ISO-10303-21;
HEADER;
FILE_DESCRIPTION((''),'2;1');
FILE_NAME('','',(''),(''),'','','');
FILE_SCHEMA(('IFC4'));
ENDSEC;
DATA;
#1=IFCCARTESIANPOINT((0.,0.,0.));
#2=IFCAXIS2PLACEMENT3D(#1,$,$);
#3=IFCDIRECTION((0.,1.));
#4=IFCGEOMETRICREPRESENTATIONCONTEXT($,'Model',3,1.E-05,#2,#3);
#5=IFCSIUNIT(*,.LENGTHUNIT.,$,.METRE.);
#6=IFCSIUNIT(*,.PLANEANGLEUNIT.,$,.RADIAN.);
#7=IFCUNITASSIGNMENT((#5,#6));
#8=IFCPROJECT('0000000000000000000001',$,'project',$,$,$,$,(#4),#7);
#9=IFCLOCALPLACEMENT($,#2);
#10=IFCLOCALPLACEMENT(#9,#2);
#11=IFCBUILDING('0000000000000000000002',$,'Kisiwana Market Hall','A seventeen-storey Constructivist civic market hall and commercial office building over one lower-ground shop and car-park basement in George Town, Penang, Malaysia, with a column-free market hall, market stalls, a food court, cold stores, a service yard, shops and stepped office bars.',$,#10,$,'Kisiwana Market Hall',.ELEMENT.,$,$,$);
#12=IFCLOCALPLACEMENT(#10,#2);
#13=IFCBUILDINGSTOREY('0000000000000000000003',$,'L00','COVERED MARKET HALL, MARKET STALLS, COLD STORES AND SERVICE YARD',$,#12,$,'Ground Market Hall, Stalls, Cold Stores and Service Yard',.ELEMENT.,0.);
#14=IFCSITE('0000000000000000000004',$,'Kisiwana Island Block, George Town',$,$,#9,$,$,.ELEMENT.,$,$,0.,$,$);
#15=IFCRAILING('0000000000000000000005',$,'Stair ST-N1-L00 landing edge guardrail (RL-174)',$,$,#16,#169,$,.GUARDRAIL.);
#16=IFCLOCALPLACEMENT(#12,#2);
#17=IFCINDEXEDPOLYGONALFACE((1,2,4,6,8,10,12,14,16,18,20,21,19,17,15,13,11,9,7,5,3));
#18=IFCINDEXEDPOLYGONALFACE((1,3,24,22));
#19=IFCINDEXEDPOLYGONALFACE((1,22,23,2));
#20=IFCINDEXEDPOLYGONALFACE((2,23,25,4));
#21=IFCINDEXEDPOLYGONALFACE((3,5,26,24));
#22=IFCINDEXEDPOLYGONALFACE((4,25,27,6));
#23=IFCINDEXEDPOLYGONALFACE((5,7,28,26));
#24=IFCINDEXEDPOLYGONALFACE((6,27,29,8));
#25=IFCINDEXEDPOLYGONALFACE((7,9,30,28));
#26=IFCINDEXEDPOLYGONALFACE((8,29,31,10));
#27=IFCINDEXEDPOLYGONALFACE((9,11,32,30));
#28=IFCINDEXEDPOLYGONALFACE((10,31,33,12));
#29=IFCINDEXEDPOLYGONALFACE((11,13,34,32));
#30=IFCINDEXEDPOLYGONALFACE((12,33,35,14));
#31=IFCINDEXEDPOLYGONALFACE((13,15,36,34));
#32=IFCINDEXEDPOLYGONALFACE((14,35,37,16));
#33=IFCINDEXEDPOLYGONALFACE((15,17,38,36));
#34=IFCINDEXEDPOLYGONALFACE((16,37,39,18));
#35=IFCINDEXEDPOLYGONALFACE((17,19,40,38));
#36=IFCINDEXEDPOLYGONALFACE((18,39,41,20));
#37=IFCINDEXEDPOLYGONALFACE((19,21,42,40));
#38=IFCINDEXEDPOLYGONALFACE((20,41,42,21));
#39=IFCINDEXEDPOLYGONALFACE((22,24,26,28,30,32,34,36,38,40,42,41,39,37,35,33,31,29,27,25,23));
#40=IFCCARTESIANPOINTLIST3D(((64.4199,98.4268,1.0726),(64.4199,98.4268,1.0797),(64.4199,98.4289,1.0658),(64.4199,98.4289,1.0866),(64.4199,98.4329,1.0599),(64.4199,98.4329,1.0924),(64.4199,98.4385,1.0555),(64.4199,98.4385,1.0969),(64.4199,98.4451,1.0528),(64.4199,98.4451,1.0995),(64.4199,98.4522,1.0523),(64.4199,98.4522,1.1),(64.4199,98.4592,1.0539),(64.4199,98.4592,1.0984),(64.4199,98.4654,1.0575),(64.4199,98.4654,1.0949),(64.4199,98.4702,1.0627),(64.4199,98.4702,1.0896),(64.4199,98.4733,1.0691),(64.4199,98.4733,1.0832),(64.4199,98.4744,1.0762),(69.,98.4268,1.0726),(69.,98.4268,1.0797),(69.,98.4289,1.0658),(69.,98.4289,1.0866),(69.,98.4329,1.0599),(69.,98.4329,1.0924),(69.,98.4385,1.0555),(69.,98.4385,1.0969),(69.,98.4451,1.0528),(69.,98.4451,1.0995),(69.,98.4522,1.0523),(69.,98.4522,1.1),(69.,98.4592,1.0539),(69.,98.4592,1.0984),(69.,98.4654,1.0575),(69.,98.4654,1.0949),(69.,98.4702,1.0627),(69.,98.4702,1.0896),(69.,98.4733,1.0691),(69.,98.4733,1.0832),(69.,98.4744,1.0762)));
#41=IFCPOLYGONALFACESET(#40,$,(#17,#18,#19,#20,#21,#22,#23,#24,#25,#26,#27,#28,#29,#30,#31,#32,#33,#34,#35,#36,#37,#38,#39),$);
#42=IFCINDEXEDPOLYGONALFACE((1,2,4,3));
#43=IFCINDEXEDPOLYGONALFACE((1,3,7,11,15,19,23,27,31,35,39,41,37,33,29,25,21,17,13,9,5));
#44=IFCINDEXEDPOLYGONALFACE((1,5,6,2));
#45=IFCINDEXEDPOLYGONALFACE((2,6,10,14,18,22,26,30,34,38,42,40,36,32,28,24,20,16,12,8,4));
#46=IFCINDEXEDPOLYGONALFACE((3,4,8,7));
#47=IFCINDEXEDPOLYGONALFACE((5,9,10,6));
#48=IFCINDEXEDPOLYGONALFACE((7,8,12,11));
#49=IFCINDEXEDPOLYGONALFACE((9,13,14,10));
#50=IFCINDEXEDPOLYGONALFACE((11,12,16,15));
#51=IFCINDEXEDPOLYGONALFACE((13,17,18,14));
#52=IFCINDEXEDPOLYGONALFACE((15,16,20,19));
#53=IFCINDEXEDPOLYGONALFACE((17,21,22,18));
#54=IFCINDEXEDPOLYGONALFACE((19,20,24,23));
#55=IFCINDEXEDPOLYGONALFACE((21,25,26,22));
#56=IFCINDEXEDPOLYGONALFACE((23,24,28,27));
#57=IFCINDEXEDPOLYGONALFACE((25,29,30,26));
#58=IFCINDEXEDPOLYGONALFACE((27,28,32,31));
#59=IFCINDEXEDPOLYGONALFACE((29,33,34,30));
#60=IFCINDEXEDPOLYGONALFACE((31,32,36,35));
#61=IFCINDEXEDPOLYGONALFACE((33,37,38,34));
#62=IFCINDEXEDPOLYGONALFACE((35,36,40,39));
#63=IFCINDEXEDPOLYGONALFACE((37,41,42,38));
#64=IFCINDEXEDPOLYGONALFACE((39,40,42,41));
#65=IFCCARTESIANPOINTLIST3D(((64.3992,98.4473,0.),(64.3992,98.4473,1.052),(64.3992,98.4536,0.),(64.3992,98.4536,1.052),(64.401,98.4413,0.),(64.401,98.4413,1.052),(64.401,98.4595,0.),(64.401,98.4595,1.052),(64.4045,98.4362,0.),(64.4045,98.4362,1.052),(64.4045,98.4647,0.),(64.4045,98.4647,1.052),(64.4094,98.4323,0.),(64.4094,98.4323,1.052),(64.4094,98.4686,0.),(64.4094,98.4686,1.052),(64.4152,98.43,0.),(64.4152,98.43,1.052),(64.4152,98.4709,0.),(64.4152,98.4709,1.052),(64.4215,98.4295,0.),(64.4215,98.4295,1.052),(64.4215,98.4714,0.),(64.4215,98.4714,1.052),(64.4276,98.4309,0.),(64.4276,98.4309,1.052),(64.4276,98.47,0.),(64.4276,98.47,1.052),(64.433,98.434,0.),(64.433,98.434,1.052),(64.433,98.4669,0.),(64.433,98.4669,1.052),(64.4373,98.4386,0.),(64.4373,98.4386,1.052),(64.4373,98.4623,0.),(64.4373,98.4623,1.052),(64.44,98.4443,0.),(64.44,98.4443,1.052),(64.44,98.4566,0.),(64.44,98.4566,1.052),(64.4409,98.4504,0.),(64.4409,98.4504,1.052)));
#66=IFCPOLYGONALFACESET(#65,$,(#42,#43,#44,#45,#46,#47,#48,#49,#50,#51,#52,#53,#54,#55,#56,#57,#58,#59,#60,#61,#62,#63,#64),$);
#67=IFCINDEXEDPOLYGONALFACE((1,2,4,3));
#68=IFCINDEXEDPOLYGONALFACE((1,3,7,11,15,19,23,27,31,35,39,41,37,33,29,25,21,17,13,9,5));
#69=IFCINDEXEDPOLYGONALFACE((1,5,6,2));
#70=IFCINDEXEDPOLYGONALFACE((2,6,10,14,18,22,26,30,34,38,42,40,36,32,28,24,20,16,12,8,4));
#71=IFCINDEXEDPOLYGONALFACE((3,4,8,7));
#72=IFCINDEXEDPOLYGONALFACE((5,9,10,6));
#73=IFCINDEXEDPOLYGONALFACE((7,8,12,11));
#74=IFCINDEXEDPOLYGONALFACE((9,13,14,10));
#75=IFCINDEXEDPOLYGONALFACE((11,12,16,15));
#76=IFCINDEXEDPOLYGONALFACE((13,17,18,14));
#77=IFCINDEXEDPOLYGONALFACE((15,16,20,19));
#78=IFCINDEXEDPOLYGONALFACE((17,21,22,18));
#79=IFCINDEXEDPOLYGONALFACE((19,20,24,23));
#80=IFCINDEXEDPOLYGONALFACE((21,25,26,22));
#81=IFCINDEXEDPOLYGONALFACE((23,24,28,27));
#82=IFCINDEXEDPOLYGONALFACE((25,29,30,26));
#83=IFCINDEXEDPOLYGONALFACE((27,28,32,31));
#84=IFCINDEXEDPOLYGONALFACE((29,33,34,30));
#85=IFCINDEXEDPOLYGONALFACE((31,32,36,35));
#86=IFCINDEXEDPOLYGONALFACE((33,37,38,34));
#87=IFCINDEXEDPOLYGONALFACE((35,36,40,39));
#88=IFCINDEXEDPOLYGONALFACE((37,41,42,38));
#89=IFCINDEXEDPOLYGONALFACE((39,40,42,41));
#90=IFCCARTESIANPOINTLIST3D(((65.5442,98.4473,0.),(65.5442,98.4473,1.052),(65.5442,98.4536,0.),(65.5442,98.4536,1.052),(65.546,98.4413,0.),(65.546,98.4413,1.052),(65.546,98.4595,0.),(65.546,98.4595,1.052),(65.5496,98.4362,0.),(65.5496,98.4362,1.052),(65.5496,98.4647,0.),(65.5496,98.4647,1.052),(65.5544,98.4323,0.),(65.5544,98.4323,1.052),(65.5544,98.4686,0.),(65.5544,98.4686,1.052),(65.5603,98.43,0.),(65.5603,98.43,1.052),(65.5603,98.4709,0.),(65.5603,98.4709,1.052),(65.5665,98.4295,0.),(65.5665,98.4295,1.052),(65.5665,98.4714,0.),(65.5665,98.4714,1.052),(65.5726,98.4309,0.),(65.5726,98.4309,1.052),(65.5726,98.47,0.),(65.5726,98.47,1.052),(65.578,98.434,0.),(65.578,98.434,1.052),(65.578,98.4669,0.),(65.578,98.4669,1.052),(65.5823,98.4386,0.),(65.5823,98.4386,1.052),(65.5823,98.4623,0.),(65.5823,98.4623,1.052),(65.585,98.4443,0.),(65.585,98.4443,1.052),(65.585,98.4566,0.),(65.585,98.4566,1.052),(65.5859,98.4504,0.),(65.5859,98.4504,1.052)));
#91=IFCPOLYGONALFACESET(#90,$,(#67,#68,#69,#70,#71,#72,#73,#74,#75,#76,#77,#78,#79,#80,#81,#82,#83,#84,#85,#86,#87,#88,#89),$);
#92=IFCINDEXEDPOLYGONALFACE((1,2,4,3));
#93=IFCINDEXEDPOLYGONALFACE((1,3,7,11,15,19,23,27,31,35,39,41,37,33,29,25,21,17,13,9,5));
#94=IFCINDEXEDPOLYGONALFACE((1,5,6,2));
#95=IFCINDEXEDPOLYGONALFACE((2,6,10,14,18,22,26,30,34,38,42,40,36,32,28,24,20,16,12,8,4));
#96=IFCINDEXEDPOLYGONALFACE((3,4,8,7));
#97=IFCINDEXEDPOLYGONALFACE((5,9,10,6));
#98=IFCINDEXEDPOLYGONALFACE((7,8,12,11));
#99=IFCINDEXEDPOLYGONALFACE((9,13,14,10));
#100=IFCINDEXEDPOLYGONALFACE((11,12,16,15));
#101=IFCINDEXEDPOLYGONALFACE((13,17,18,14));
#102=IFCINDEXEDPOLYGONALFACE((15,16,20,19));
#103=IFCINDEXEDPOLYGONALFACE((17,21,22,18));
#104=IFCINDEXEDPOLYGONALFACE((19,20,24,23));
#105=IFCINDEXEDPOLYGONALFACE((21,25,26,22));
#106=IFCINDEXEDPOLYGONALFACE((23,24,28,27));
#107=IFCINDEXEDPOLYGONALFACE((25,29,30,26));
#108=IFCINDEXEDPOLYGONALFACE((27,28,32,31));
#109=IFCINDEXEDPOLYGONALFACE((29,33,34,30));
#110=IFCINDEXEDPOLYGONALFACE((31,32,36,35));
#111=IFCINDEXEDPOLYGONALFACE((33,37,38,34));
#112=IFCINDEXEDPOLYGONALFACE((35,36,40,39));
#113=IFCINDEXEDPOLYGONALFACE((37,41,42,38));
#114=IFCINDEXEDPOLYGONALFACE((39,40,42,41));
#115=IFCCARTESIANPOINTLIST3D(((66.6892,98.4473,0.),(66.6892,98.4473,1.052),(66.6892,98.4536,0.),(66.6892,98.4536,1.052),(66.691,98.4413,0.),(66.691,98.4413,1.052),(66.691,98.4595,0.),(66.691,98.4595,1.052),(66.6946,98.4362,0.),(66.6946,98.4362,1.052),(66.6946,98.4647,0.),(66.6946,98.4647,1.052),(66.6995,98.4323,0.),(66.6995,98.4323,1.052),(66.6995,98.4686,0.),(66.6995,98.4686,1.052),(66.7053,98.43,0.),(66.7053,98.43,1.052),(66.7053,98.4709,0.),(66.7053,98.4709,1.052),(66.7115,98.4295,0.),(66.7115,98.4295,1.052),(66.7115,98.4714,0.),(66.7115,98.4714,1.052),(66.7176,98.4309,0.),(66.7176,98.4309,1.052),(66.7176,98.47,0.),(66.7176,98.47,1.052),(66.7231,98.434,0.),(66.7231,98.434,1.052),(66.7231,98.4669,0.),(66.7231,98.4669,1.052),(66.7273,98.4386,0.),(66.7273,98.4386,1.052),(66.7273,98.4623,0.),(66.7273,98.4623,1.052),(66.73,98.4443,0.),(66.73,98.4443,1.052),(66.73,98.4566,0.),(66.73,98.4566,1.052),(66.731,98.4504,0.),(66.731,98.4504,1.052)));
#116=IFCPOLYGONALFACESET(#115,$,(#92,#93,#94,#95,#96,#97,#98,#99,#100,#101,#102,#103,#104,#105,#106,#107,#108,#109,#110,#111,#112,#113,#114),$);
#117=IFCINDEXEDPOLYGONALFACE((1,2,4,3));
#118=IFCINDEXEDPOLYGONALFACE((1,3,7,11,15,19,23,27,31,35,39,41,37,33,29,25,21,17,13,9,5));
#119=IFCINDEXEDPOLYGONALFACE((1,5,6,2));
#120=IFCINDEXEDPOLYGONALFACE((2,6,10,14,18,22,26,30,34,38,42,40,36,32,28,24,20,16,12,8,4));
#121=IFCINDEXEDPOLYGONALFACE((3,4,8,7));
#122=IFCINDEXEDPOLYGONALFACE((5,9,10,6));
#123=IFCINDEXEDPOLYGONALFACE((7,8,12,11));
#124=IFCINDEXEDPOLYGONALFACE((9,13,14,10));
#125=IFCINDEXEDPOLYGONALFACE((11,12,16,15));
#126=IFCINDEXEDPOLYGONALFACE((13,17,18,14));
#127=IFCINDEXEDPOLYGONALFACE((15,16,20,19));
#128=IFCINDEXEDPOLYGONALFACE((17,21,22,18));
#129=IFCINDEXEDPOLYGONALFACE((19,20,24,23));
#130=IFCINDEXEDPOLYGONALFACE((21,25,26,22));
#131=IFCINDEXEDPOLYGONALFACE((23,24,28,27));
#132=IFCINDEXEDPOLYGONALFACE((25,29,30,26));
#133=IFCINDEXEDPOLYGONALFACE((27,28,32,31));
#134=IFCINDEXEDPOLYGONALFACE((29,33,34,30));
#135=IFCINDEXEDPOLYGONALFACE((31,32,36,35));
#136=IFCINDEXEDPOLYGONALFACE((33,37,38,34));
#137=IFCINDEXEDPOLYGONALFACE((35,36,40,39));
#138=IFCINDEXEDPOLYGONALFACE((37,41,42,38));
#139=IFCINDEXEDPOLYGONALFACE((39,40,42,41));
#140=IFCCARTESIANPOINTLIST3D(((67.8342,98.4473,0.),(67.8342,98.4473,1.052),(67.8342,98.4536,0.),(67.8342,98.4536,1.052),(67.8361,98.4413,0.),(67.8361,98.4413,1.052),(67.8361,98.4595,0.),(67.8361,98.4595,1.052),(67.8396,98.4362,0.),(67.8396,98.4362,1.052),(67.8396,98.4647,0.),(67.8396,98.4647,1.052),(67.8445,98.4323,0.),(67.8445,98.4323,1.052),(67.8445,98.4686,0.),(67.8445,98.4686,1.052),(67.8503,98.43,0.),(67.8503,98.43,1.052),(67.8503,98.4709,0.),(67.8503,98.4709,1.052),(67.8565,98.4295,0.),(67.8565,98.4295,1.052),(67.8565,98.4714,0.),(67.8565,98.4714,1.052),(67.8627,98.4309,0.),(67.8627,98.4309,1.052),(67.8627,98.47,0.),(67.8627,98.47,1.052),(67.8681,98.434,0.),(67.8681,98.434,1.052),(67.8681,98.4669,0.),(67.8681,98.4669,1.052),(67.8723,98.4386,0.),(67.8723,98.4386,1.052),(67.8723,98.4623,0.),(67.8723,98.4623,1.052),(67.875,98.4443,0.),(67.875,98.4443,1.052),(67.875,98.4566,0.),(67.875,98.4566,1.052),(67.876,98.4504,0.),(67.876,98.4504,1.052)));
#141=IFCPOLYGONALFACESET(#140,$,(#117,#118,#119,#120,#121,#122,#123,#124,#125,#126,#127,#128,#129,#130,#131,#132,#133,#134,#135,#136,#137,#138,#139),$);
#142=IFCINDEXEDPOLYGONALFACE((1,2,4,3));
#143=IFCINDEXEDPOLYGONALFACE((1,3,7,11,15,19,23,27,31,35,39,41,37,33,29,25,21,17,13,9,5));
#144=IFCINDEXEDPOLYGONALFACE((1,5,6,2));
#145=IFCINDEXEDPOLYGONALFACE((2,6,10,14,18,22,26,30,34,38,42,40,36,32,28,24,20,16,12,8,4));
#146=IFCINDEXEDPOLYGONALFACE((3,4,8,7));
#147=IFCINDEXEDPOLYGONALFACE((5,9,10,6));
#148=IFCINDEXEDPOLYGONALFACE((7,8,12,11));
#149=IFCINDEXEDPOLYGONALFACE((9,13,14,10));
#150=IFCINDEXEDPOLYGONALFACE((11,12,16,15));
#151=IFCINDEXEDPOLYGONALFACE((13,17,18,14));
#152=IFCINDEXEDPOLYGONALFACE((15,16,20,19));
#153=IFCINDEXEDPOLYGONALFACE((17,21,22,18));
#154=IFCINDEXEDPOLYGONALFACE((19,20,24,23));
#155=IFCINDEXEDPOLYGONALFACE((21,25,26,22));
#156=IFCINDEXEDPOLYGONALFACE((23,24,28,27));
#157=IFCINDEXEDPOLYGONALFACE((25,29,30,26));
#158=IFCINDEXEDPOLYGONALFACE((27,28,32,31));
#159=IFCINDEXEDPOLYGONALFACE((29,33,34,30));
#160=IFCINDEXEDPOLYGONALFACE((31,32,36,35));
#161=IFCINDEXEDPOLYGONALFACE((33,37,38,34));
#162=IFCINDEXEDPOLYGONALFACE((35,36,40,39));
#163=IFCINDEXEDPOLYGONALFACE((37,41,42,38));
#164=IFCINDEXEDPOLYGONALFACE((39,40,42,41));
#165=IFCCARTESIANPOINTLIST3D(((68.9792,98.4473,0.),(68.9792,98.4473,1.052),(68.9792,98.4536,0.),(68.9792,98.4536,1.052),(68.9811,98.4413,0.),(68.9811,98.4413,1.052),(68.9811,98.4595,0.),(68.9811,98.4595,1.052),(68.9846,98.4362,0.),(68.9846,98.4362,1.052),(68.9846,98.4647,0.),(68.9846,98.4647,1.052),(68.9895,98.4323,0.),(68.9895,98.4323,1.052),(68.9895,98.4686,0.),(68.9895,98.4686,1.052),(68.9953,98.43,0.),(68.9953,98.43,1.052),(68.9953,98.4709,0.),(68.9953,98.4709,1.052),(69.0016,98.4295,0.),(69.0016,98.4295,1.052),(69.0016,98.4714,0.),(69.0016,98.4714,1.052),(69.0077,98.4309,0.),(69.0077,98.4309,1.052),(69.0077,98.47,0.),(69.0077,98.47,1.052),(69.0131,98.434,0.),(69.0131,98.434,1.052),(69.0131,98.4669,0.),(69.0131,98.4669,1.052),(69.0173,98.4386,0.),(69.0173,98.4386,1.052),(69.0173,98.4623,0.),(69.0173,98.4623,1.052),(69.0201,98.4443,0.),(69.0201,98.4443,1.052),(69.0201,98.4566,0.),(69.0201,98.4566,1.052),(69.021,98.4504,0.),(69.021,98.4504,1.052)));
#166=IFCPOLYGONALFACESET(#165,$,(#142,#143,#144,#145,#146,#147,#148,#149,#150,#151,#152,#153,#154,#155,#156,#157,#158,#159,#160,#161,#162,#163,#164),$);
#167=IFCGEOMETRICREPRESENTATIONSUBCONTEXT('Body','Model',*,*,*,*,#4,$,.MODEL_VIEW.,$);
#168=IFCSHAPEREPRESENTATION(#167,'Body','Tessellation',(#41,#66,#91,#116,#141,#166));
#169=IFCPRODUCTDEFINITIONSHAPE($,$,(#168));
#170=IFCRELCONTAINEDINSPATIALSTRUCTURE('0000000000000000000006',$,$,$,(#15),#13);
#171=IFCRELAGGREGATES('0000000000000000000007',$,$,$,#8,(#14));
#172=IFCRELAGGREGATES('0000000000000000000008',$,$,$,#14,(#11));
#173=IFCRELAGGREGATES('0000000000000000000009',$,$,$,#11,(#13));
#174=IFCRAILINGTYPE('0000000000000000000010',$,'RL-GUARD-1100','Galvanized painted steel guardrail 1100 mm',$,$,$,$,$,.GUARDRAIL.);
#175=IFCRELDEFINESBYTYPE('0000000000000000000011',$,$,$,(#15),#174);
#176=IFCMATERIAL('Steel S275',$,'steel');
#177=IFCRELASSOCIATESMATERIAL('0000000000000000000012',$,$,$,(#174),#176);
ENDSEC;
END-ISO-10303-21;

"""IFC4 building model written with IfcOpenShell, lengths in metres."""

from ifc_helpers import new_model, si_unit, direction, frame, origin, origin_2d, place, context, subcontext, project, spatial, circle, extrude, material, type_object, element, save


model = new_model("IFC4")

# Units and contexts
model_context = context("Model", 3, precision=1e-05, world=origin(), true_north=direction((0.0, 1.0)))
body_context = subcontext(model_context, "Body", "Model", "MODEL_VIEW")
ifc_project = project(units=[si_unit("LENGTHUNIT", "METRE"), si_unit("PLANEANGLEUNIT", "RADIAN")], contexts=[model_context])

# Site, building, storey
site_placement = place(None, origin())
site = spatial("IfcSite", under=ifc_project, at=site_placement, Name="Kisiwana Island Block, George Town", CompositionType="ELEMENT", RefElevation=0.0)
building_placement = place(site_placement, origin())
building = spatial("IfcBuilding", under=site, at=building_placement, Name="Kisiwana Market Hall", Description="A seventeen-storey Constructivist civic market hall and commercial office building over one lower-ground shop and car-park basement in George Town, Penang, Malaysia, with a column-free market hall, market stalls, a food court, cold stores, a service yard, shops and stepped office bars.", LongName="Kisiwana Market Hall", CompositionType="ELEMENT")
storey_placement = place(building_placement, origin())
storey = spatial("IfcBuildingStorey", under=building, at=storey_placement, Name="L00", Description="COVERED MARKET HALL, MARKET STALLS, COLD STORES AND SERVICE YARD", LongName="Ground Market Hall, Stalls, Cold Stores and Service Yard", CompositionType="ELEMENT", Elevation=0.0)

# Railing
ifc_material_1 = material(Name="Steel S275", Category="steel")
railing_type_1 = type_object("IfcRailingType", Name="RL-GUARD-1100", Description="Galvanized painted steel guardrail 1100 mm", PredefinedType="GUARDRAIL", material=ifc_material_1)
railing_1_placement = place(storey_placement, frame((64.4199, 98.4504, 0.0)))
element("IfcRailing", 1, at=railing_1_placement, inside=storey, type_object=railing_type_1, Name="Stair ST-N1-L00 landing edge guardrail (RL-174)", PredefinedType="GUARDRAIL", context=body_context, shape_type="SweptSolid", body=[
    extrude(circle(Radius=0.0239, at=origin_2d()), frame((0.0, 0.0, 1.0762), z_axis=(1.0, 0.0, 0.0), x_axis=(0.0, 1.0, 0.0)), (0.0, 0.0, 1.0), 4.5801),
    extrude(circle(Radius=0.021, at=origin_2d()), origin(), (0.0, 0.0, 1.0), 1.052),
    extrude(circle(Radius=0.021, at=origin_2d()), frame((1.145, 0.0, 0.0)), (0.0, 0.0, 1.0), 1.052),
    extrude(circle(Radius=0.021, at=origin_2d()), frame((2.29, 0.0, 0.0)), (0.0, 0.0, 1.0), 1.052),
    extrude(circle(Radius=0.021, at=origin_2d()), frame((3.4351, 0.0, 0.0)), (0.0, 0.0, 1.0), 1.052),
    extrude(circle(Radius=0.021, at=origin_2d()), frame((4.5801, 0.0, 0.0)), (0.0, 0.0, 1.0), 1.052),
])

save(model, "model.ifc")
